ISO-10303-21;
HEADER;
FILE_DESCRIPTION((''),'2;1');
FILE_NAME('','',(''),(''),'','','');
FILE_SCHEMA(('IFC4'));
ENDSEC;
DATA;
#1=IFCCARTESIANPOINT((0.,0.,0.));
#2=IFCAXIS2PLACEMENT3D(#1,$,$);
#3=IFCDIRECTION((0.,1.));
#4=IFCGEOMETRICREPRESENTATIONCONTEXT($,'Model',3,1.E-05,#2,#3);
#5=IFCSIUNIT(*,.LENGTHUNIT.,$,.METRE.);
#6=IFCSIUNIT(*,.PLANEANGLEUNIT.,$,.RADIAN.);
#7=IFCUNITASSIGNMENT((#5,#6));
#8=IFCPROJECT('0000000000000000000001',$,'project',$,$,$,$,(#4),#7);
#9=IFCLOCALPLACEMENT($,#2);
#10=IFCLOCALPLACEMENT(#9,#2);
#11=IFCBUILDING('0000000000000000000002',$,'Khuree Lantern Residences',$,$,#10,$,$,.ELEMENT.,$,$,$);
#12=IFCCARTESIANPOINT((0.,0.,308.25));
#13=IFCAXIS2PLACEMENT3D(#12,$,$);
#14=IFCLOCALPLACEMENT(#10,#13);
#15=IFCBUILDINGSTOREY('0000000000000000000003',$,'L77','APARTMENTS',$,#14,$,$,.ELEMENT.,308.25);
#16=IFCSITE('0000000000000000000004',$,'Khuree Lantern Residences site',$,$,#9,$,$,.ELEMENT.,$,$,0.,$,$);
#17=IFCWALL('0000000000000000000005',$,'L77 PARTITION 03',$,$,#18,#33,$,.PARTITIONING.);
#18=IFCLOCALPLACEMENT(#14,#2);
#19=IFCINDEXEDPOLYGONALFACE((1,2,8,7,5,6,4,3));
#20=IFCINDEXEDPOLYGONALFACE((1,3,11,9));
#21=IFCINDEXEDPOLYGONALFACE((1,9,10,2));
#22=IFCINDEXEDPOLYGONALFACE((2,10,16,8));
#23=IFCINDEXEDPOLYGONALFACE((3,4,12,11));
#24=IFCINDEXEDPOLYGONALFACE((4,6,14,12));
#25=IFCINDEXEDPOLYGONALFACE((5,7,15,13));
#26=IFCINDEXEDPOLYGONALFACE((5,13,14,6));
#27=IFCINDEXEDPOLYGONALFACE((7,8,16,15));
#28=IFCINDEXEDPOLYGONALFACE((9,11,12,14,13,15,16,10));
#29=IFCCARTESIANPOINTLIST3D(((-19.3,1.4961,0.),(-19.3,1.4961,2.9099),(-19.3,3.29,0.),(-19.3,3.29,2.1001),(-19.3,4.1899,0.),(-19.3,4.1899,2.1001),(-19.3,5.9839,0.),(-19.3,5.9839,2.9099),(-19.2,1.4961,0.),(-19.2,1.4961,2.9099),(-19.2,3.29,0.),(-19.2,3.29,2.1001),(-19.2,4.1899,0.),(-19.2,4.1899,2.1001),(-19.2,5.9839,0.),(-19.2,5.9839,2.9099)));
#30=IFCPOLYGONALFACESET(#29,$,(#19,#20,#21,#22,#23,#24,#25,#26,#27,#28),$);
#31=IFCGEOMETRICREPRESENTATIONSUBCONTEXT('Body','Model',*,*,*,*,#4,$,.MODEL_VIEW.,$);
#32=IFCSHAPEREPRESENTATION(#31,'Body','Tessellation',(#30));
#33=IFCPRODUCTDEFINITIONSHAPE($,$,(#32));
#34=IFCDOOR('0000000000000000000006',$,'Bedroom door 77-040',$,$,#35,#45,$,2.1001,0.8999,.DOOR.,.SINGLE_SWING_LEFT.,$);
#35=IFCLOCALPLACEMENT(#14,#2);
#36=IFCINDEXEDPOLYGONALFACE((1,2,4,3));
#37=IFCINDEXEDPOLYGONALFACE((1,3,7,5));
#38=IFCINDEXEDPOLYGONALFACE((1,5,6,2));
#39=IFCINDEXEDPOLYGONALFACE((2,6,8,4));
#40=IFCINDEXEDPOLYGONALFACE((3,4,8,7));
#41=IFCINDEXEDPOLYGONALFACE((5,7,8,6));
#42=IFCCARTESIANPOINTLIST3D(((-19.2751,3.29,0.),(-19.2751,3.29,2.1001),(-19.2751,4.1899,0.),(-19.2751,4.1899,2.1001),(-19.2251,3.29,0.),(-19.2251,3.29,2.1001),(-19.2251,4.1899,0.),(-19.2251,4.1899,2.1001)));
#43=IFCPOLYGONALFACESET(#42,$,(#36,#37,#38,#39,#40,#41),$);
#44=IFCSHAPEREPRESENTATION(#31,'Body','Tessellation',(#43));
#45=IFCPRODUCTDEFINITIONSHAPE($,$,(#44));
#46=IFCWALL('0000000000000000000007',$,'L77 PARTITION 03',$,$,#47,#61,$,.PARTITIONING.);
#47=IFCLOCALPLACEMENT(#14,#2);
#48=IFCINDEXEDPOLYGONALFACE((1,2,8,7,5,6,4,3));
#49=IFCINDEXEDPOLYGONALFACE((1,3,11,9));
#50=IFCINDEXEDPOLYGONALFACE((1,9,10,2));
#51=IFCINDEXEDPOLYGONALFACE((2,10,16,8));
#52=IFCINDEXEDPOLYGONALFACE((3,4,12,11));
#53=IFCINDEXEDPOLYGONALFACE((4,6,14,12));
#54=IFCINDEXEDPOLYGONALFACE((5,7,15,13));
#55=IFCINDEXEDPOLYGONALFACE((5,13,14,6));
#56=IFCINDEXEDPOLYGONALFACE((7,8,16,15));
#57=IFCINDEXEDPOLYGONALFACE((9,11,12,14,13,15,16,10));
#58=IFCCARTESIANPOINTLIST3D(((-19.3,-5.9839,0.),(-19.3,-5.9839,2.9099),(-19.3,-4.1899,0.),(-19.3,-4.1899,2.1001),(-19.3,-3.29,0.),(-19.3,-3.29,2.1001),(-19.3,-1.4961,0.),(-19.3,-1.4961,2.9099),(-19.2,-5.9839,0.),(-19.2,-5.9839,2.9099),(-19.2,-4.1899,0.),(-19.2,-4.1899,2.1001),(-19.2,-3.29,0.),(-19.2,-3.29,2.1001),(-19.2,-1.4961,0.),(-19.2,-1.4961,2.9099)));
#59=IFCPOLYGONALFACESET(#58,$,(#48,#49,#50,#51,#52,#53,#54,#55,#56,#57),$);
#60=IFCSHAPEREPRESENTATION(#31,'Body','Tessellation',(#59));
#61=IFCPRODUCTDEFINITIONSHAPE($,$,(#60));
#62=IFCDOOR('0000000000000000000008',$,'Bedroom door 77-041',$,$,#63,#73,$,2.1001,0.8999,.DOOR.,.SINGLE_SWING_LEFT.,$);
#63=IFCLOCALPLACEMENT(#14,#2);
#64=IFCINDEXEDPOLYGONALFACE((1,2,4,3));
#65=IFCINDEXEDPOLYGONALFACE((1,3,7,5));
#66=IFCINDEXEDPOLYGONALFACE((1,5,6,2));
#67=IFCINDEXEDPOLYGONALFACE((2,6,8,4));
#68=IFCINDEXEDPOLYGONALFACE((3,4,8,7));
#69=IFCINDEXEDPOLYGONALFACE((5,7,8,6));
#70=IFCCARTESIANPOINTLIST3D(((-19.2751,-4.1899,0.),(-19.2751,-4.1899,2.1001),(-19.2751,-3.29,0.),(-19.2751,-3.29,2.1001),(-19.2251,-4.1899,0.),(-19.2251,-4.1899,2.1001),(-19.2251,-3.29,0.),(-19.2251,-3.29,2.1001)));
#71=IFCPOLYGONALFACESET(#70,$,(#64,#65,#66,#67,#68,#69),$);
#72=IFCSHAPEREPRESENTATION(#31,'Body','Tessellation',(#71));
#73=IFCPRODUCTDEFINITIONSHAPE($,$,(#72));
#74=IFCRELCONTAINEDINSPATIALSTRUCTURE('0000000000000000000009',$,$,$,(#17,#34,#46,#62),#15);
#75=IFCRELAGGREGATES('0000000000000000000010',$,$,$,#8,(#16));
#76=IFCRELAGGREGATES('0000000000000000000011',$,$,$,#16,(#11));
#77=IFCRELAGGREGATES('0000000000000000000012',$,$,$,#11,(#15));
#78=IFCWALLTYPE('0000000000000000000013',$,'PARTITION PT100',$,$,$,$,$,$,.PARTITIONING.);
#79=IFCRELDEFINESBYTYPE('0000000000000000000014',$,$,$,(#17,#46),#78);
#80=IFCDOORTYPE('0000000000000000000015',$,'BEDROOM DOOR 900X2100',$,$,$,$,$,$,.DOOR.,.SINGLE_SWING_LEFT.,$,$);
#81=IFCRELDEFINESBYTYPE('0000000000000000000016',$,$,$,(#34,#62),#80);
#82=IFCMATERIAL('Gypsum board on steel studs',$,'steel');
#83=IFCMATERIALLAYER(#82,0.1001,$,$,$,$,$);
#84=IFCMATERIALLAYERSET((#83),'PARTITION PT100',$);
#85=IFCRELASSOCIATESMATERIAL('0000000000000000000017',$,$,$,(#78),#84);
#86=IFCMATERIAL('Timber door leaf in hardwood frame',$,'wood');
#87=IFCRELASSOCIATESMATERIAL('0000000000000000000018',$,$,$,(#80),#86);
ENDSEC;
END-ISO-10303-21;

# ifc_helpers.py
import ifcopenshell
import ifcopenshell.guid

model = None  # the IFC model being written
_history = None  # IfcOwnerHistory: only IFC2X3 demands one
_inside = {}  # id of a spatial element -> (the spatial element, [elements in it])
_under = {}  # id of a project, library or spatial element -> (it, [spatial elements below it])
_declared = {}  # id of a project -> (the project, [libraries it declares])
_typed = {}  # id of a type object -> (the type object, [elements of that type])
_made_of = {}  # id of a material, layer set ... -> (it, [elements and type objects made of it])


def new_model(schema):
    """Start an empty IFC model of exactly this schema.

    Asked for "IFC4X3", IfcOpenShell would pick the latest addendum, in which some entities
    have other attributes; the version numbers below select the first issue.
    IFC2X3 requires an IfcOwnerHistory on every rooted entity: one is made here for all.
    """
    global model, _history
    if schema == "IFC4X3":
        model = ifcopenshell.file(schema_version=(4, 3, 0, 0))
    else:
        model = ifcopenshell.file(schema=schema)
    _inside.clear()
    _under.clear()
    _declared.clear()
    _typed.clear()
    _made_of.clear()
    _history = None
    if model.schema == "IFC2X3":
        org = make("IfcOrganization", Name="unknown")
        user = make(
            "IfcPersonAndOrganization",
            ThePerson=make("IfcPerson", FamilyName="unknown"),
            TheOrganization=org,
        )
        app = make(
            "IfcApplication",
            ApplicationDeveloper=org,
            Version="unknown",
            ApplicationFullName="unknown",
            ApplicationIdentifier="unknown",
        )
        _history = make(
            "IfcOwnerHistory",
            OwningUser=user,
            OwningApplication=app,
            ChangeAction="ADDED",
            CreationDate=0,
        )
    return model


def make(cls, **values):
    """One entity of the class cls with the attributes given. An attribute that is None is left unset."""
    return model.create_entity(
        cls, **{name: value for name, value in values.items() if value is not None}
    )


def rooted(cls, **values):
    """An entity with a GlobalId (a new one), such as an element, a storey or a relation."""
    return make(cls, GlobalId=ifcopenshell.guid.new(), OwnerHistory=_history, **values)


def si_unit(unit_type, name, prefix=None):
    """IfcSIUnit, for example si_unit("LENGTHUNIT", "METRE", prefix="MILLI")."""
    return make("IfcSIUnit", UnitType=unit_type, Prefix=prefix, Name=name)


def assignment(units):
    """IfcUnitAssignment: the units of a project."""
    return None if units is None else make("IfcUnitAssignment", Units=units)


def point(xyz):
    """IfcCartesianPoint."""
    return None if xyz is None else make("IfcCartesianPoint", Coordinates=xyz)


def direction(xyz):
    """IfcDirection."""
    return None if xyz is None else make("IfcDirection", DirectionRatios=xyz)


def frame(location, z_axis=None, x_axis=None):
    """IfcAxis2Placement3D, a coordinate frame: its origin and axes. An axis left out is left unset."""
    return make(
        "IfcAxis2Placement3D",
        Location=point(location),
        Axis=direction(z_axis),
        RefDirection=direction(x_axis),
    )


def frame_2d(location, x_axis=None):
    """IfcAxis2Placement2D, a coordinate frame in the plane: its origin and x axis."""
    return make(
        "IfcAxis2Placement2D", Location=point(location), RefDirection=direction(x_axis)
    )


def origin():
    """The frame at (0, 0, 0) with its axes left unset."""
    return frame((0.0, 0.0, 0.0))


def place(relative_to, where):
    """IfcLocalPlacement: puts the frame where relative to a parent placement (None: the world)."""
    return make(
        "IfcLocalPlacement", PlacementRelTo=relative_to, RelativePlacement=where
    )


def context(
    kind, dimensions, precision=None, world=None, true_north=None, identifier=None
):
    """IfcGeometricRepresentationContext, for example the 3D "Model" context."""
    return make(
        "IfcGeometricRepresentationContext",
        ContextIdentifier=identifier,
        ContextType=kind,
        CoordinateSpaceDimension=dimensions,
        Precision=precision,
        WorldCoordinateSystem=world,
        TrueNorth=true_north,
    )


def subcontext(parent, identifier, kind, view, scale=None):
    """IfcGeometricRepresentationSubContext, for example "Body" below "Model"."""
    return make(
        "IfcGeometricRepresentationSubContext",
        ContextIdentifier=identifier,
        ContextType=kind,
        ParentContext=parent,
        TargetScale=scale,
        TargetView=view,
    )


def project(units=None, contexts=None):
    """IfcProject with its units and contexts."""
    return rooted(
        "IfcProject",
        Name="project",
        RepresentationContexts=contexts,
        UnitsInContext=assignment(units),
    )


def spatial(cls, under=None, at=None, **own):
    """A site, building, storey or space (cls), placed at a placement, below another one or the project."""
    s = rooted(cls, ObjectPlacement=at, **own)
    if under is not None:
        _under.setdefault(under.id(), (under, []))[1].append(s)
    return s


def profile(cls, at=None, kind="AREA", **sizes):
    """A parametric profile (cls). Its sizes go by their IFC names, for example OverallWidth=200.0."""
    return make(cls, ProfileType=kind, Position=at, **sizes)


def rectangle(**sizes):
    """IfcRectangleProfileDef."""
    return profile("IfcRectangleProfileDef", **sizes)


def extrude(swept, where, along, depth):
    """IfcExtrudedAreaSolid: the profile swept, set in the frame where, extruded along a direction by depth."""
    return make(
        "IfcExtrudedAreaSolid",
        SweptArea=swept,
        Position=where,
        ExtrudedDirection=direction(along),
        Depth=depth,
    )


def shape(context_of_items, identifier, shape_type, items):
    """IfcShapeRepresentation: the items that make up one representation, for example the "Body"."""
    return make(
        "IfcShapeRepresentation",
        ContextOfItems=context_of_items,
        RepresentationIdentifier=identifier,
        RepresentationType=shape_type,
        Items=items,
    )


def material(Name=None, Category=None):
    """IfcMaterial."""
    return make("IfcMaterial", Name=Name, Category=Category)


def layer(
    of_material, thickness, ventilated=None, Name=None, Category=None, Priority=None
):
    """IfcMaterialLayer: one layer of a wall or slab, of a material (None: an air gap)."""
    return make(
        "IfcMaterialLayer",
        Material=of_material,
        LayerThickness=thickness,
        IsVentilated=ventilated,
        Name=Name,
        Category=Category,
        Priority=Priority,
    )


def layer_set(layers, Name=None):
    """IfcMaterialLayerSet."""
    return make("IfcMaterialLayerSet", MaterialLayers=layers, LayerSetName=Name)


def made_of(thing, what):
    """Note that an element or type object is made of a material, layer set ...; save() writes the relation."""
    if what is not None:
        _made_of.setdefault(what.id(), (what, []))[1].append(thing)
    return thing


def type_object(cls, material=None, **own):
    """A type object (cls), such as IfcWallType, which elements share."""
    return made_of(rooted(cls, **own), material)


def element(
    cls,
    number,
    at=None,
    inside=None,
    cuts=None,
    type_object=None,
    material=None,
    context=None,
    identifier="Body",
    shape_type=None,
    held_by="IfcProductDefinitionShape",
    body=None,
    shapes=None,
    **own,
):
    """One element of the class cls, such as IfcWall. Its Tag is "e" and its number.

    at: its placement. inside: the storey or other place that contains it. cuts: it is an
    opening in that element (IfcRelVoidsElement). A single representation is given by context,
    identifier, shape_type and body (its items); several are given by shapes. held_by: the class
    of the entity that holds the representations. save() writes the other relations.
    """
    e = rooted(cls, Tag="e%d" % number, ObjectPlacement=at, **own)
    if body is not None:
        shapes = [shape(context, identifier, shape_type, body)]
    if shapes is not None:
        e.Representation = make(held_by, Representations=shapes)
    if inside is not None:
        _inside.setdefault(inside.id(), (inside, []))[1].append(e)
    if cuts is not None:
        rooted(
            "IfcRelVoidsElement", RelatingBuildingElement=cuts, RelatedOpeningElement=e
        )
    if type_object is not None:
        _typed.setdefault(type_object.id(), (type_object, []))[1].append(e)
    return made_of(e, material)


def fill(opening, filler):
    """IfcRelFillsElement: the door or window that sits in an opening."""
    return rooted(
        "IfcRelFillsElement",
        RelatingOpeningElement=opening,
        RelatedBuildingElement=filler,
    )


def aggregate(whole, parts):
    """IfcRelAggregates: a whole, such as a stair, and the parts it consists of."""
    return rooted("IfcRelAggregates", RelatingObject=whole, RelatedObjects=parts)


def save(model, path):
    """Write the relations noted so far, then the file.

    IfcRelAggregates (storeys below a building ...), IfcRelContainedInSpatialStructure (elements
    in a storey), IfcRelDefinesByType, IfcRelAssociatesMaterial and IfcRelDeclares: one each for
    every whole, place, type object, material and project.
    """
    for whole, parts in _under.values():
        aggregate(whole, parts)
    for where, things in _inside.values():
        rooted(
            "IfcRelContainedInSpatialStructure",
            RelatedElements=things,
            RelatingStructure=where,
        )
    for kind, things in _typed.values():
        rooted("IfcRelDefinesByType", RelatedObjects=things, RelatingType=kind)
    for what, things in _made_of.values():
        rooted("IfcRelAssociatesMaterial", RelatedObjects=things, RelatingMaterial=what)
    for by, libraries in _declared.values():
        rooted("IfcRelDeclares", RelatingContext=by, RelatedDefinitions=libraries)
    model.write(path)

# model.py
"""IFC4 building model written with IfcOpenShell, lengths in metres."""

from ifc_helpers import new_model, si_unit, direction, frame, frame_2d, origin, place, context, subcontext, project, spatial, rectangle, extrude, material, layer, layer_set, type_object, element, fill, save


model = new_model("IFC4")

# Units and contexts
model_context = context("Model", 3, precision=1e-05, world=origin(), true_north=direction((0.0, 1.0)))
body_context = subcontext(model_context, "Body", "Model", "MODEL_VIEW")
ifc_project = project(units=[si_unit("LENGTHUNIT", "METRE"), si_unit("PLANEANGLEUNIT", "RADIAN")], contexts=[model_context])

# Site, building, storey
site_placement = place(None, origin())
site = spatial("IfcSite", under=ifc_project, at=site_placement, Name="Khuree Lantern Residences site", CompositionType="ELEMENT", RefElevation=0.0)
building_placement = place(site_placement, origin())
building = spatial("IfcBuilding", under=site, at=building_placement, Name="Khuree Lantern Residences", CompositionType="ELEMENT")
storey_placement = place(building_placement, frame((0.0, 0.0, 308.25)))
storey = spatial("IfcBuildingStorey", under=building, at=storey_placement, Name="L77", Description="APARTMENTS", CompositionType="ELEMENT", Elevation=308.25)

# Shared definitions
ifc_material_1 = material(Name="Gypsum board on steel studs", Category="steel")

# Shared definitions
ifc_material_2 = material(Name="Timber door leaf in hardwood frame", Category="wood")

# Shared definitions
ifc_layer_1 = layer(ifc_material_1, 0.1001)
ifc_layer_set_1 = layer_set([ifc_layer_1], Name="PARTITION PT100")
wall_type_1 = type_object("IfcWallType", Name="PARTITION PT100", PredefinedType="PARTITIONING", material=ifc_layer_set_1)

# Walls, openings, doors
door_type_1 = type_object("IfcDoorType", Name="BEDROOM DOOR 900X2100", OperationType="SINGLE_SWING_LEFT", PredefinedType="DOOR", material=ifc_material_2)
wall_1_placement = place(storey_placement, frame((-19.25, 5.9839, 0.0), z_axis=(0.0, 0.0, 1.0), x_axis=(0.0, -1.0, 0.0)))
wall_1 = element("IfcWall", 1, at=wall_1_placement, inside=storey, type_object=wall_type_1, Name="L77 PARTITION 03", PredefinedType="PARTITIONING", context=body_context, shape_type="SweptSolid", body=[
    extrude(rectangle(XDim=4.4878, YDim=0.1001, at=frame_2d((2.2439, 0.0))), origin(), (0.0, 0.0, 1.0), 2.9099),
])
opening_1_placement = place(wall_1_placement, frame((1.7939, 0.0, 0.0)))
opening_1 = element("IfcOpeningElement", 2, at=opening_1_placement, cuts=wall_1, PredefinedType="OPENING", context=body_context, shape_type="SweptSolid", body=[
    extrude(rectangle(XDim=0.8999, YDim=2.1001, at=frame_2d((0.45, 1.05))), frame((0.0, 0.0601, 0.0), z_axis=(0.0, -1.0, 0.0), x_axis=(1.0, 0.0, 0.0)), (0.0, 0.0, 1.0), 0.1201),
])
door_1_placement = place(opening_1_placement, origin())
door_1 = element("IfcDoor", 3, at=door_1_placement, inside=storey, type_object=door_type_1, Name="Bedroom door 77-040", OperationType="SINGLE_SWING_LEFT", OverallHeight=2.1001, OverallWidth=0.8999, PredefinedType="DOOR", context=body_context, shape_type="SweptSolid", body=[
    extrude(rectangle(XDim=0.8999, YDim=2.1001, at=frame_2d((0.45, 1.05))), frame((0.0, 0.0249, 0.0), z_axis=(0.0, -1.0, 0.0), x_axis=(1.0, 0.0, 0.0)), (0.0, 0.0, 1.0), 0.05),
])
fill(opening_1, door_1)
wall_2_placement = place(storey_placement, frame((-19.25, -1.4961, 0.0), z_axis=(0.0, 0.0, 1.0), x_axis=(0.0, -1.0, 0.0)))
wall_2 = element("IfcWall", 4, at=wall_2_placement, inside=storey, type_object=wall_type_1, Name="L77 PARTITION 03", PredefinedType="PARTITIONING", context=body_context, shape_type="SweptSolid", body=[
    extrude(rectangle(XDim=4.4878, YDim=0.1001, at=frame_2d((2.2439, 0.0))), origin(), (0.0, 0.0, 1.0), 2.9099),
])
opening_2_placement = place(wall_2_placement, frame((1.7939, 0.0, 0.0)))
opening_2 = element("IfcOpeningElement", 5, at=opening_2_placement, cuts=wall_2, PredefinedType="OPENING", context=body_context, shape_type="SweptSolid", body=[
    extrude(rectangle(XDim=0.8999, YDim=2.1001, at=frame_2d((0.45, 1.05))), frame((0.0, 0.0601, 0.0), z_axis=(0.0, -1.0, 0.0), x_axis=(1.0, 0.0, 0.0)), (0.0, 0.0, 1.0), 0.1201),
])
door_2_placement = place(opening_2_placement, origin())
door_2 = element("IfcDoor", 6, at=door_2_placement, inside=storey, type_object=door_type_1, Name="Bedroom door 77-041", OperationType="SINGLE_SWING_LEFT", OverallHeight=2.1001, OverallWidth=0.8999, PredefinedType="DOOR", context=body_context, shape_type="SweptSolid", body=[
    extrude(rectangle(XDim=0.8999, YDim=2.1001, at=frame_2d((0.45, 1.05))), frame((0.0, 0.0249, 0.0), z_axis=(0.0, -1.0, 0.0), x_axis=(1.0, 0.0, 0.0)), (0.0, 0.0, 1.0), 0.05),
])
fill(opening_2, door_2)

save(model, "model.ifc")
